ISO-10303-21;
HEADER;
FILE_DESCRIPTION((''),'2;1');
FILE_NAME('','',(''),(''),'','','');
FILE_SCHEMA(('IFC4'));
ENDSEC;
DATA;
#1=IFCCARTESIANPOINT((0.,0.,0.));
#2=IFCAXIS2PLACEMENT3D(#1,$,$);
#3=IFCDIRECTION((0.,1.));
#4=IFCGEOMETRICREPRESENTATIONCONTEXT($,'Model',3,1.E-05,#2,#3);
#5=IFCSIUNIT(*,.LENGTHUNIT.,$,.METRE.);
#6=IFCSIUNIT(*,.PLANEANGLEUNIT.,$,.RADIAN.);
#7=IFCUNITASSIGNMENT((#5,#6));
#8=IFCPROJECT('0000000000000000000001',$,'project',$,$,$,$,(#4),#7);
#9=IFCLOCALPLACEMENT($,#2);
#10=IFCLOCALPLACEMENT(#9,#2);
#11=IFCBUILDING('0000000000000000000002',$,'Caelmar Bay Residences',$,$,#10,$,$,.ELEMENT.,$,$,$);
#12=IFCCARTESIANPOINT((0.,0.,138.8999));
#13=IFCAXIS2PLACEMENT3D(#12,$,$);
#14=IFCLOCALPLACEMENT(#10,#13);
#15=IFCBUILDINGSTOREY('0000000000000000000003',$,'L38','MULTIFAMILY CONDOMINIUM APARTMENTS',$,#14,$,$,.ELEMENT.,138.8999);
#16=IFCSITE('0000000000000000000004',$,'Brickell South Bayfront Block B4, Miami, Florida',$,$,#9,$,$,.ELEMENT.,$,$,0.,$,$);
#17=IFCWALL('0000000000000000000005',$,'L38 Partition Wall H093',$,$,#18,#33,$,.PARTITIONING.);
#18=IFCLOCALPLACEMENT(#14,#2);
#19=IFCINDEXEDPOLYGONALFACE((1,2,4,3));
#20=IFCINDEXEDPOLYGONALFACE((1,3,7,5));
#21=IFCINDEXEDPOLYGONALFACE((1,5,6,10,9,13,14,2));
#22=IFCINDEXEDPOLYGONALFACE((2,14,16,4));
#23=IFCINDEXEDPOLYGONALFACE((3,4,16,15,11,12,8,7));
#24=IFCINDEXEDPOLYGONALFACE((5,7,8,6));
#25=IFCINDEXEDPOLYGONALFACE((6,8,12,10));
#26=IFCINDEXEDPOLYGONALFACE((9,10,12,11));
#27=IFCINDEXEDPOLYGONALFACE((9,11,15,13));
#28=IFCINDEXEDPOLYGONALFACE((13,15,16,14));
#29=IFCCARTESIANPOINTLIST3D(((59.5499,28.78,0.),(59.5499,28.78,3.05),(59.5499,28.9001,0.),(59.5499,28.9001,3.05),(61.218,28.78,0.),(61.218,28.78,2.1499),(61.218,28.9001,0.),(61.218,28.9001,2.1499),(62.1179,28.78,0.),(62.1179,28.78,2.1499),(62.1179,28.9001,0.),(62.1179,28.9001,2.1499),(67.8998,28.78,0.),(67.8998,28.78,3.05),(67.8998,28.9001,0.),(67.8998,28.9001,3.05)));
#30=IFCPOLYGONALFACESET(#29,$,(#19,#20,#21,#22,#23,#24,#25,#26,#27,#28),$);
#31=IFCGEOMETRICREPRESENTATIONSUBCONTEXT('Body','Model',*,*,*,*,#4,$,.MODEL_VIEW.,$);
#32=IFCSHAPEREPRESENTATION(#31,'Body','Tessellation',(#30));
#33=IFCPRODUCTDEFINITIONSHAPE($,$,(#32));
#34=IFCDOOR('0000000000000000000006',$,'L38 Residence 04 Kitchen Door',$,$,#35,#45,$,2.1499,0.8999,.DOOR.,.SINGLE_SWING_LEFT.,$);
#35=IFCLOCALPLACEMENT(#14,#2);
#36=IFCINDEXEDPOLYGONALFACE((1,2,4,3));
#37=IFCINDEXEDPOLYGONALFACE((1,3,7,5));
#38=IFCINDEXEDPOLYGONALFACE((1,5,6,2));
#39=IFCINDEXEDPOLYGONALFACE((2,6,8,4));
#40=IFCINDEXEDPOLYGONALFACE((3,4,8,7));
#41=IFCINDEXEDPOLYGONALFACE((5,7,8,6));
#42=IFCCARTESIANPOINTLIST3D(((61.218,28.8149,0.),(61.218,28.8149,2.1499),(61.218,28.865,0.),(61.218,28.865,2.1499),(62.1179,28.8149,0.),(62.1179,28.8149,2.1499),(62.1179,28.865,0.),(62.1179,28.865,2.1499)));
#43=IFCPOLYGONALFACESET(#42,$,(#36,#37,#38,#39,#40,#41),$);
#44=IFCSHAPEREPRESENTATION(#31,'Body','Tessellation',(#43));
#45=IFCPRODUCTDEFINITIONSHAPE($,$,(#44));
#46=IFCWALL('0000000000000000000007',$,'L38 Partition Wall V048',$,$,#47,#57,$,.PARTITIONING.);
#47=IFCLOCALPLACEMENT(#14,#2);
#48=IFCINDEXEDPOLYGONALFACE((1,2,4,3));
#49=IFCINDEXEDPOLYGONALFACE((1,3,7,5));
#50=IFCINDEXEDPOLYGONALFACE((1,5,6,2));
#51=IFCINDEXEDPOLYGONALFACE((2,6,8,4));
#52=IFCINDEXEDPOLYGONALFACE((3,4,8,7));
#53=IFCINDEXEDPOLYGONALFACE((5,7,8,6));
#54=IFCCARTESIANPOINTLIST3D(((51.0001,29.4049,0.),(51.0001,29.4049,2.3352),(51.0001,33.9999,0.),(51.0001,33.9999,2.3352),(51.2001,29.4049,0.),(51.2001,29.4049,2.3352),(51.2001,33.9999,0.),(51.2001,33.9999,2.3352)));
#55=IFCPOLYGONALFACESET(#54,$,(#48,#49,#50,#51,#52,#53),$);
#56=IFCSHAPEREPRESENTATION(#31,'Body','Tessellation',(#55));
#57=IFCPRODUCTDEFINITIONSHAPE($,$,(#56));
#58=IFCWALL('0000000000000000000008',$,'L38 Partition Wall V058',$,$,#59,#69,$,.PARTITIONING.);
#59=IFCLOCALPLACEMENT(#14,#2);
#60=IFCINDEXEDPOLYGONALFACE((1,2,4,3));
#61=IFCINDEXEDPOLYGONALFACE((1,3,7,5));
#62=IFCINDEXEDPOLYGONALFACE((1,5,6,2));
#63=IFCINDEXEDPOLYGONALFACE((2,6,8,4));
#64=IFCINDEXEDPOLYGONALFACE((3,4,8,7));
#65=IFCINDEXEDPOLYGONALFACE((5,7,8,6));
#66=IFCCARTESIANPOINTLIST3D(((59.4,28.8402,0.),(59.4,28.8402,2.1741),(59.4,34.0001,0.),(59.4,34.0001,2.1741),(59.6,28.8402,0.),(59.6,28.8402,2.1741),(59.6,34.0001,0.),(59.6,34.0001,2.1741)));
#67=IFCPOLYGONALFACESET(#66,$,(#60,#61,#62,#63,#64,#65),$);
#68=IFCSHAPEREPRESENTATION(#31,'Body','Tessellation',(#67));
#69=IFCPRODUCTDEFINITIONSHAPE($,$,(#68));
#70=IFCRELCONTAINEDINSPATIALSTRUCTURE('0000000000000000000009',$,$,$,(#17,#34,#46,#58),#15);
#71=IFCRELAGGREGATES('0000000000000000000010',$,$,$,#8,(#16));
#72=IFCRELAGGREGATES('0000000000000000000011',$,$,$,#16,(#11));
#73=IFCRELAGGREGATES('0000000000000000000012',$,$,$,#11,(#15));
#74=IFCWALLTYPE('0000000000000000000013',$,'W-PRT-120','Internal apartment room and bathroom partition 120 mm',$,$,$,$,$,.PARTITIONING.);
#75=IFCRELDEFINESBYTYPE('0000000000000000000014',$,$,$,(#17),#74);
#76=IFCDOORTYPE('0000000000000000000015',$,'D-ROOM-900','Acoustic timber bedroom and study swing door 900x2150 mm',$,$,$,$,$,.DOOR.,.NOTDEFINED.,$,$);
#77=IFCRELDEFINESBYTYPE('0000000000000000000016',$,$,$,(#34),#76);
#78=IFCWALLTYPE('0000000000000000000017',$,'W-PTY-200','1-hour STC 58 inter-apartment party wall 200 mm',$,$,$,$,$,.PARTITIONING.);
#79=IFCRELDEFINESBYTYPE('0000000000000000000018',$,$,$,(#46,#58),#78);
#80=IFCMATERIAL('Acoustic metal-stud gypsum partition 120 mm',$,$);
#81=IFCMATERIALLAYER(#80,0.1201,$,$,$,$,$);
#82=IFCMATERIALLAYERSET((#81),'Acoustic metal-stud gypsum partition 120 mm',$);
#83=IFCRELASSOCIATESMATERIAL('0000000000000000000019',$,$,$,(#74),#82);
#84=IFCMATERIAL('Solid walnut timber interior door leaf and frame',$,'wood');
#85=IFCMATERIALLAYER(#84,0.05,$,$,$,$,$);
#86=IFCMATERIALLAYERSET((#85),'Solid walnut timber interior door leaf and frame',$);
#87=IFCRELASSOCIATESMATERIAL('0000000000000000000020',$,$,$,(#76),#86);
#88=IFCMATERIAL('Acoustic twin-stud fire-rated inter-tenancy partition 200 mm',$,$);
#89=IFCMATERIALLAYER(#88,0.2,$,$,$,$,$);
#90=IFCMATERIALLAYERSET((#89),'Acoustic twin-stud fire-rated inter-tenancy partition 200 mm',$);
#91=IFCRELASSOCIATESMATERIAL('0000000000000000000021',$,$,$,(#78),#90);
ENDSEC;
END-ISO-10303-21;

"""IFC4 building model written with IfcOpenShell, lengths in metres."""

from ifc_helpers import new_model, si_unit, direction, frame, frame_2d, origin, place, context, subcontext, project, spatial, rectangle, extrude, material, layer, layer_set, type_object, element, fill, save


model = new_model("IFC4")

# Units and contexts
model_context = context("Model", 3, precision=1e-05, world=origin(), true_north=direction((0.0, 1.0)))
body_context = subcontext(model_context, "Body", "Model", "MODEL_VIEW")
ifc_project = project(units=[si_unit("LENGTHUNIT", "METRE"), si_unit("PLANEANGLEUNIT", "RADIAN")], contexts=[model_context])

# Site, building, storey
site_placement = place(None, origin())
site = spatial("IfcSite", under=ifc_project, at=site_placement, Name="Brickell South Bayfront Block B4, Miami, Florida", CompositionType="ELEMENT", RefElevation=0.0)
building_placement = place(site_placement, origin())
building = spatial("IfcBuilding", under=site, at=building_placement, Name="Caelmar Bay Residences", CompositionType="ELEMENT")
storey_placement = place(building_placement, frame((0.0, 0.0, 138.8999)))
storey = spatial("IfcBuildingStorey", under=building, at=storey_placement, Name="L38", Description="MULTIFAMILY CONDOMINIUM APARTMENTS", CompositionType="ELEMENT", Elevation=138.8999)

# Shared definitions
ifc_material_1 = material(Name="Acoustic metal-stud gypsum partition 120 mm")
ifc_layer_1 = layer(ifc_material_1, 0.1201)
ifc_layer_set_1 = layer_set([ifc_layer_1], Name="Acoustic metal-stud gypsum partition 120 mm")
wall_type_1 = type_object("IfcWallType", Name="W-PRT-120", Description="Internal apartment room and bathroom partition 120 mm", PredefinedType="PARTITIONING", material=ifc_layer_set_1)
ifc_material_2 = material(Name="Solid walnut timber interior door leaf and frame", Category="wood")
ifc_layer_2 = layer(ifc_material_2, 0.05)
ifc_layer_set_2 = layer_set([ifc_layer_2], Name="Solid walnut timber interior door leaf and frame")
door_type_1 = type_object("IfcDoorType", Name="D-ROOM-900", Description="Acoustic timber bedroom and study swing door 900x2150 mm", OperationType="NOTDEFINED", PredefinedType="DOOR", material=ifc_layer_set_2)

# Wall, opening, door
wall_1_placement = place(storey_placement, frame((59.55, 28.8401, 0.0), z_axis=(0.0, 0.0, 1.0), x_axis=(1.0, 0.0, 0.0)))
wall_1 = element("IfcWall", 1, at=wall_1_placement, inside=storey, type_object=wall_type_1, Name="L38 Partition Wall H093", PredefinedType="PARTITIONING", context=body_context, shape_type="SweptSolid", body=[
    extrude(rectangle(XDim=8.3499, YDim=0.1201, at=frame_2d((4.1748, 0.0))), origin(), (0.0, 0.0, 1.0), 3.05),
])
opening_1_placement = place(wall_1_placement, frame((1.668, 0.0, 0.0)))
opening_1 = element("IfcOpeningElement", 2, at=opening_1_placement, cuts=wall_1, PredefinedType="OPENING", context=body_context, shape_type="SweptSolid", body=[
    extrude(rectangle(XDim=0.8999, YDim=2.1499, at=frame_2d((0.45, 1.075))), frame((0.0, 0.0701, 0.0), z_axis=(0.0, -1.0, 0.0), x_axis=(1.0, 0.0, 0.0)), (0.0, 0.0, 1.0), 0.1401),
])
door_1_placement = place(opening_1_placement, origin())
door_1 = element("IfcDoor", 3, at=door_1_placement, inside=storey, type_object=door_type_1, Name="L38 Residence 04 Kitchen Door", OperationType="SINGLE_SWING_LEFT", OverallHeight=2.1499, OverallWidth=0.8999, PredefinedType="DOOR", context=body_context, shape_type="SweptSolid", body=[
    extrude(rectangle(XDim=0.8999, YDim=2.1499, at=frame_2d((0.45, 1.075))), frame((0.0, 0.0249, 0.0), z_axis=(0.0, -1.0, 0.0), x_axis=(1.0, 0.0, 0.0)), (0.0, 0.0, 1.0), 0.05),
])
fill(opening_1, door_1)

# Walls
ifc_material_3 = material(Name="Acoustic twin-stud fire-rated inter-tenancy partition 200 mm")
ifc_layer_3 = layer(ifc_material_3, 0.2)
ifc_layer_set_3 = layer_set([ifc_layer_3], Name="Acoustic twin-stud fire-rated inter-tenancy partition 200 mm")
wall_type_2 = type_object("IfcWallType", Name="W-PTY-200", Description="1-hour STC 58 inter-apartment party wall 200 mm", PredefinedType="PARTITIONING", material=ifc_layer_set_3)
wall_2_placement = place(storey_placement, frame((51.1001, 29.405, 0.0), z_axis=(0.0, 0.0, 1.0), x_axis=(0.0, 1.0, 0.0)))
element("IfcWall", 4, at=wall_2_placement, inside=storey, type_object=wall_type_2, Name="L38 Partition Wall V048", PredefinedType="PARTITIONING", context=body_context, shape_type="SweptSolid", body=[
    extrude(rectangle(XDim=4.595, YDim=0.2, at=frame_2d((2.2974, 0.0))), origin(), (0.0, 0.0, 1.0), 2.3352),
])
wall_3_placement = place(storey_placement, frame((59.5, 28.8401, 0.0), z_axis=(0.0, 0.0, 1.0), x_axis=(0.0, 1.0, 0.0)))
element("IfcWall", 5, at=wall_3_placement, inside=storey, type_object=wall_type_2, Name="L38 Partition Wall V058", PredefinedType="PARTITIONING", context=body_context, shape_type="SweptSolid", body=[
    extrude(rectangle(XDim=5.1599, YDim=0.2, at=frame_2d((2.5801, 0.0))), origin(), (0.0, 0.0, 1.0), 2.1741),
])

save(model, "model.ifc")
